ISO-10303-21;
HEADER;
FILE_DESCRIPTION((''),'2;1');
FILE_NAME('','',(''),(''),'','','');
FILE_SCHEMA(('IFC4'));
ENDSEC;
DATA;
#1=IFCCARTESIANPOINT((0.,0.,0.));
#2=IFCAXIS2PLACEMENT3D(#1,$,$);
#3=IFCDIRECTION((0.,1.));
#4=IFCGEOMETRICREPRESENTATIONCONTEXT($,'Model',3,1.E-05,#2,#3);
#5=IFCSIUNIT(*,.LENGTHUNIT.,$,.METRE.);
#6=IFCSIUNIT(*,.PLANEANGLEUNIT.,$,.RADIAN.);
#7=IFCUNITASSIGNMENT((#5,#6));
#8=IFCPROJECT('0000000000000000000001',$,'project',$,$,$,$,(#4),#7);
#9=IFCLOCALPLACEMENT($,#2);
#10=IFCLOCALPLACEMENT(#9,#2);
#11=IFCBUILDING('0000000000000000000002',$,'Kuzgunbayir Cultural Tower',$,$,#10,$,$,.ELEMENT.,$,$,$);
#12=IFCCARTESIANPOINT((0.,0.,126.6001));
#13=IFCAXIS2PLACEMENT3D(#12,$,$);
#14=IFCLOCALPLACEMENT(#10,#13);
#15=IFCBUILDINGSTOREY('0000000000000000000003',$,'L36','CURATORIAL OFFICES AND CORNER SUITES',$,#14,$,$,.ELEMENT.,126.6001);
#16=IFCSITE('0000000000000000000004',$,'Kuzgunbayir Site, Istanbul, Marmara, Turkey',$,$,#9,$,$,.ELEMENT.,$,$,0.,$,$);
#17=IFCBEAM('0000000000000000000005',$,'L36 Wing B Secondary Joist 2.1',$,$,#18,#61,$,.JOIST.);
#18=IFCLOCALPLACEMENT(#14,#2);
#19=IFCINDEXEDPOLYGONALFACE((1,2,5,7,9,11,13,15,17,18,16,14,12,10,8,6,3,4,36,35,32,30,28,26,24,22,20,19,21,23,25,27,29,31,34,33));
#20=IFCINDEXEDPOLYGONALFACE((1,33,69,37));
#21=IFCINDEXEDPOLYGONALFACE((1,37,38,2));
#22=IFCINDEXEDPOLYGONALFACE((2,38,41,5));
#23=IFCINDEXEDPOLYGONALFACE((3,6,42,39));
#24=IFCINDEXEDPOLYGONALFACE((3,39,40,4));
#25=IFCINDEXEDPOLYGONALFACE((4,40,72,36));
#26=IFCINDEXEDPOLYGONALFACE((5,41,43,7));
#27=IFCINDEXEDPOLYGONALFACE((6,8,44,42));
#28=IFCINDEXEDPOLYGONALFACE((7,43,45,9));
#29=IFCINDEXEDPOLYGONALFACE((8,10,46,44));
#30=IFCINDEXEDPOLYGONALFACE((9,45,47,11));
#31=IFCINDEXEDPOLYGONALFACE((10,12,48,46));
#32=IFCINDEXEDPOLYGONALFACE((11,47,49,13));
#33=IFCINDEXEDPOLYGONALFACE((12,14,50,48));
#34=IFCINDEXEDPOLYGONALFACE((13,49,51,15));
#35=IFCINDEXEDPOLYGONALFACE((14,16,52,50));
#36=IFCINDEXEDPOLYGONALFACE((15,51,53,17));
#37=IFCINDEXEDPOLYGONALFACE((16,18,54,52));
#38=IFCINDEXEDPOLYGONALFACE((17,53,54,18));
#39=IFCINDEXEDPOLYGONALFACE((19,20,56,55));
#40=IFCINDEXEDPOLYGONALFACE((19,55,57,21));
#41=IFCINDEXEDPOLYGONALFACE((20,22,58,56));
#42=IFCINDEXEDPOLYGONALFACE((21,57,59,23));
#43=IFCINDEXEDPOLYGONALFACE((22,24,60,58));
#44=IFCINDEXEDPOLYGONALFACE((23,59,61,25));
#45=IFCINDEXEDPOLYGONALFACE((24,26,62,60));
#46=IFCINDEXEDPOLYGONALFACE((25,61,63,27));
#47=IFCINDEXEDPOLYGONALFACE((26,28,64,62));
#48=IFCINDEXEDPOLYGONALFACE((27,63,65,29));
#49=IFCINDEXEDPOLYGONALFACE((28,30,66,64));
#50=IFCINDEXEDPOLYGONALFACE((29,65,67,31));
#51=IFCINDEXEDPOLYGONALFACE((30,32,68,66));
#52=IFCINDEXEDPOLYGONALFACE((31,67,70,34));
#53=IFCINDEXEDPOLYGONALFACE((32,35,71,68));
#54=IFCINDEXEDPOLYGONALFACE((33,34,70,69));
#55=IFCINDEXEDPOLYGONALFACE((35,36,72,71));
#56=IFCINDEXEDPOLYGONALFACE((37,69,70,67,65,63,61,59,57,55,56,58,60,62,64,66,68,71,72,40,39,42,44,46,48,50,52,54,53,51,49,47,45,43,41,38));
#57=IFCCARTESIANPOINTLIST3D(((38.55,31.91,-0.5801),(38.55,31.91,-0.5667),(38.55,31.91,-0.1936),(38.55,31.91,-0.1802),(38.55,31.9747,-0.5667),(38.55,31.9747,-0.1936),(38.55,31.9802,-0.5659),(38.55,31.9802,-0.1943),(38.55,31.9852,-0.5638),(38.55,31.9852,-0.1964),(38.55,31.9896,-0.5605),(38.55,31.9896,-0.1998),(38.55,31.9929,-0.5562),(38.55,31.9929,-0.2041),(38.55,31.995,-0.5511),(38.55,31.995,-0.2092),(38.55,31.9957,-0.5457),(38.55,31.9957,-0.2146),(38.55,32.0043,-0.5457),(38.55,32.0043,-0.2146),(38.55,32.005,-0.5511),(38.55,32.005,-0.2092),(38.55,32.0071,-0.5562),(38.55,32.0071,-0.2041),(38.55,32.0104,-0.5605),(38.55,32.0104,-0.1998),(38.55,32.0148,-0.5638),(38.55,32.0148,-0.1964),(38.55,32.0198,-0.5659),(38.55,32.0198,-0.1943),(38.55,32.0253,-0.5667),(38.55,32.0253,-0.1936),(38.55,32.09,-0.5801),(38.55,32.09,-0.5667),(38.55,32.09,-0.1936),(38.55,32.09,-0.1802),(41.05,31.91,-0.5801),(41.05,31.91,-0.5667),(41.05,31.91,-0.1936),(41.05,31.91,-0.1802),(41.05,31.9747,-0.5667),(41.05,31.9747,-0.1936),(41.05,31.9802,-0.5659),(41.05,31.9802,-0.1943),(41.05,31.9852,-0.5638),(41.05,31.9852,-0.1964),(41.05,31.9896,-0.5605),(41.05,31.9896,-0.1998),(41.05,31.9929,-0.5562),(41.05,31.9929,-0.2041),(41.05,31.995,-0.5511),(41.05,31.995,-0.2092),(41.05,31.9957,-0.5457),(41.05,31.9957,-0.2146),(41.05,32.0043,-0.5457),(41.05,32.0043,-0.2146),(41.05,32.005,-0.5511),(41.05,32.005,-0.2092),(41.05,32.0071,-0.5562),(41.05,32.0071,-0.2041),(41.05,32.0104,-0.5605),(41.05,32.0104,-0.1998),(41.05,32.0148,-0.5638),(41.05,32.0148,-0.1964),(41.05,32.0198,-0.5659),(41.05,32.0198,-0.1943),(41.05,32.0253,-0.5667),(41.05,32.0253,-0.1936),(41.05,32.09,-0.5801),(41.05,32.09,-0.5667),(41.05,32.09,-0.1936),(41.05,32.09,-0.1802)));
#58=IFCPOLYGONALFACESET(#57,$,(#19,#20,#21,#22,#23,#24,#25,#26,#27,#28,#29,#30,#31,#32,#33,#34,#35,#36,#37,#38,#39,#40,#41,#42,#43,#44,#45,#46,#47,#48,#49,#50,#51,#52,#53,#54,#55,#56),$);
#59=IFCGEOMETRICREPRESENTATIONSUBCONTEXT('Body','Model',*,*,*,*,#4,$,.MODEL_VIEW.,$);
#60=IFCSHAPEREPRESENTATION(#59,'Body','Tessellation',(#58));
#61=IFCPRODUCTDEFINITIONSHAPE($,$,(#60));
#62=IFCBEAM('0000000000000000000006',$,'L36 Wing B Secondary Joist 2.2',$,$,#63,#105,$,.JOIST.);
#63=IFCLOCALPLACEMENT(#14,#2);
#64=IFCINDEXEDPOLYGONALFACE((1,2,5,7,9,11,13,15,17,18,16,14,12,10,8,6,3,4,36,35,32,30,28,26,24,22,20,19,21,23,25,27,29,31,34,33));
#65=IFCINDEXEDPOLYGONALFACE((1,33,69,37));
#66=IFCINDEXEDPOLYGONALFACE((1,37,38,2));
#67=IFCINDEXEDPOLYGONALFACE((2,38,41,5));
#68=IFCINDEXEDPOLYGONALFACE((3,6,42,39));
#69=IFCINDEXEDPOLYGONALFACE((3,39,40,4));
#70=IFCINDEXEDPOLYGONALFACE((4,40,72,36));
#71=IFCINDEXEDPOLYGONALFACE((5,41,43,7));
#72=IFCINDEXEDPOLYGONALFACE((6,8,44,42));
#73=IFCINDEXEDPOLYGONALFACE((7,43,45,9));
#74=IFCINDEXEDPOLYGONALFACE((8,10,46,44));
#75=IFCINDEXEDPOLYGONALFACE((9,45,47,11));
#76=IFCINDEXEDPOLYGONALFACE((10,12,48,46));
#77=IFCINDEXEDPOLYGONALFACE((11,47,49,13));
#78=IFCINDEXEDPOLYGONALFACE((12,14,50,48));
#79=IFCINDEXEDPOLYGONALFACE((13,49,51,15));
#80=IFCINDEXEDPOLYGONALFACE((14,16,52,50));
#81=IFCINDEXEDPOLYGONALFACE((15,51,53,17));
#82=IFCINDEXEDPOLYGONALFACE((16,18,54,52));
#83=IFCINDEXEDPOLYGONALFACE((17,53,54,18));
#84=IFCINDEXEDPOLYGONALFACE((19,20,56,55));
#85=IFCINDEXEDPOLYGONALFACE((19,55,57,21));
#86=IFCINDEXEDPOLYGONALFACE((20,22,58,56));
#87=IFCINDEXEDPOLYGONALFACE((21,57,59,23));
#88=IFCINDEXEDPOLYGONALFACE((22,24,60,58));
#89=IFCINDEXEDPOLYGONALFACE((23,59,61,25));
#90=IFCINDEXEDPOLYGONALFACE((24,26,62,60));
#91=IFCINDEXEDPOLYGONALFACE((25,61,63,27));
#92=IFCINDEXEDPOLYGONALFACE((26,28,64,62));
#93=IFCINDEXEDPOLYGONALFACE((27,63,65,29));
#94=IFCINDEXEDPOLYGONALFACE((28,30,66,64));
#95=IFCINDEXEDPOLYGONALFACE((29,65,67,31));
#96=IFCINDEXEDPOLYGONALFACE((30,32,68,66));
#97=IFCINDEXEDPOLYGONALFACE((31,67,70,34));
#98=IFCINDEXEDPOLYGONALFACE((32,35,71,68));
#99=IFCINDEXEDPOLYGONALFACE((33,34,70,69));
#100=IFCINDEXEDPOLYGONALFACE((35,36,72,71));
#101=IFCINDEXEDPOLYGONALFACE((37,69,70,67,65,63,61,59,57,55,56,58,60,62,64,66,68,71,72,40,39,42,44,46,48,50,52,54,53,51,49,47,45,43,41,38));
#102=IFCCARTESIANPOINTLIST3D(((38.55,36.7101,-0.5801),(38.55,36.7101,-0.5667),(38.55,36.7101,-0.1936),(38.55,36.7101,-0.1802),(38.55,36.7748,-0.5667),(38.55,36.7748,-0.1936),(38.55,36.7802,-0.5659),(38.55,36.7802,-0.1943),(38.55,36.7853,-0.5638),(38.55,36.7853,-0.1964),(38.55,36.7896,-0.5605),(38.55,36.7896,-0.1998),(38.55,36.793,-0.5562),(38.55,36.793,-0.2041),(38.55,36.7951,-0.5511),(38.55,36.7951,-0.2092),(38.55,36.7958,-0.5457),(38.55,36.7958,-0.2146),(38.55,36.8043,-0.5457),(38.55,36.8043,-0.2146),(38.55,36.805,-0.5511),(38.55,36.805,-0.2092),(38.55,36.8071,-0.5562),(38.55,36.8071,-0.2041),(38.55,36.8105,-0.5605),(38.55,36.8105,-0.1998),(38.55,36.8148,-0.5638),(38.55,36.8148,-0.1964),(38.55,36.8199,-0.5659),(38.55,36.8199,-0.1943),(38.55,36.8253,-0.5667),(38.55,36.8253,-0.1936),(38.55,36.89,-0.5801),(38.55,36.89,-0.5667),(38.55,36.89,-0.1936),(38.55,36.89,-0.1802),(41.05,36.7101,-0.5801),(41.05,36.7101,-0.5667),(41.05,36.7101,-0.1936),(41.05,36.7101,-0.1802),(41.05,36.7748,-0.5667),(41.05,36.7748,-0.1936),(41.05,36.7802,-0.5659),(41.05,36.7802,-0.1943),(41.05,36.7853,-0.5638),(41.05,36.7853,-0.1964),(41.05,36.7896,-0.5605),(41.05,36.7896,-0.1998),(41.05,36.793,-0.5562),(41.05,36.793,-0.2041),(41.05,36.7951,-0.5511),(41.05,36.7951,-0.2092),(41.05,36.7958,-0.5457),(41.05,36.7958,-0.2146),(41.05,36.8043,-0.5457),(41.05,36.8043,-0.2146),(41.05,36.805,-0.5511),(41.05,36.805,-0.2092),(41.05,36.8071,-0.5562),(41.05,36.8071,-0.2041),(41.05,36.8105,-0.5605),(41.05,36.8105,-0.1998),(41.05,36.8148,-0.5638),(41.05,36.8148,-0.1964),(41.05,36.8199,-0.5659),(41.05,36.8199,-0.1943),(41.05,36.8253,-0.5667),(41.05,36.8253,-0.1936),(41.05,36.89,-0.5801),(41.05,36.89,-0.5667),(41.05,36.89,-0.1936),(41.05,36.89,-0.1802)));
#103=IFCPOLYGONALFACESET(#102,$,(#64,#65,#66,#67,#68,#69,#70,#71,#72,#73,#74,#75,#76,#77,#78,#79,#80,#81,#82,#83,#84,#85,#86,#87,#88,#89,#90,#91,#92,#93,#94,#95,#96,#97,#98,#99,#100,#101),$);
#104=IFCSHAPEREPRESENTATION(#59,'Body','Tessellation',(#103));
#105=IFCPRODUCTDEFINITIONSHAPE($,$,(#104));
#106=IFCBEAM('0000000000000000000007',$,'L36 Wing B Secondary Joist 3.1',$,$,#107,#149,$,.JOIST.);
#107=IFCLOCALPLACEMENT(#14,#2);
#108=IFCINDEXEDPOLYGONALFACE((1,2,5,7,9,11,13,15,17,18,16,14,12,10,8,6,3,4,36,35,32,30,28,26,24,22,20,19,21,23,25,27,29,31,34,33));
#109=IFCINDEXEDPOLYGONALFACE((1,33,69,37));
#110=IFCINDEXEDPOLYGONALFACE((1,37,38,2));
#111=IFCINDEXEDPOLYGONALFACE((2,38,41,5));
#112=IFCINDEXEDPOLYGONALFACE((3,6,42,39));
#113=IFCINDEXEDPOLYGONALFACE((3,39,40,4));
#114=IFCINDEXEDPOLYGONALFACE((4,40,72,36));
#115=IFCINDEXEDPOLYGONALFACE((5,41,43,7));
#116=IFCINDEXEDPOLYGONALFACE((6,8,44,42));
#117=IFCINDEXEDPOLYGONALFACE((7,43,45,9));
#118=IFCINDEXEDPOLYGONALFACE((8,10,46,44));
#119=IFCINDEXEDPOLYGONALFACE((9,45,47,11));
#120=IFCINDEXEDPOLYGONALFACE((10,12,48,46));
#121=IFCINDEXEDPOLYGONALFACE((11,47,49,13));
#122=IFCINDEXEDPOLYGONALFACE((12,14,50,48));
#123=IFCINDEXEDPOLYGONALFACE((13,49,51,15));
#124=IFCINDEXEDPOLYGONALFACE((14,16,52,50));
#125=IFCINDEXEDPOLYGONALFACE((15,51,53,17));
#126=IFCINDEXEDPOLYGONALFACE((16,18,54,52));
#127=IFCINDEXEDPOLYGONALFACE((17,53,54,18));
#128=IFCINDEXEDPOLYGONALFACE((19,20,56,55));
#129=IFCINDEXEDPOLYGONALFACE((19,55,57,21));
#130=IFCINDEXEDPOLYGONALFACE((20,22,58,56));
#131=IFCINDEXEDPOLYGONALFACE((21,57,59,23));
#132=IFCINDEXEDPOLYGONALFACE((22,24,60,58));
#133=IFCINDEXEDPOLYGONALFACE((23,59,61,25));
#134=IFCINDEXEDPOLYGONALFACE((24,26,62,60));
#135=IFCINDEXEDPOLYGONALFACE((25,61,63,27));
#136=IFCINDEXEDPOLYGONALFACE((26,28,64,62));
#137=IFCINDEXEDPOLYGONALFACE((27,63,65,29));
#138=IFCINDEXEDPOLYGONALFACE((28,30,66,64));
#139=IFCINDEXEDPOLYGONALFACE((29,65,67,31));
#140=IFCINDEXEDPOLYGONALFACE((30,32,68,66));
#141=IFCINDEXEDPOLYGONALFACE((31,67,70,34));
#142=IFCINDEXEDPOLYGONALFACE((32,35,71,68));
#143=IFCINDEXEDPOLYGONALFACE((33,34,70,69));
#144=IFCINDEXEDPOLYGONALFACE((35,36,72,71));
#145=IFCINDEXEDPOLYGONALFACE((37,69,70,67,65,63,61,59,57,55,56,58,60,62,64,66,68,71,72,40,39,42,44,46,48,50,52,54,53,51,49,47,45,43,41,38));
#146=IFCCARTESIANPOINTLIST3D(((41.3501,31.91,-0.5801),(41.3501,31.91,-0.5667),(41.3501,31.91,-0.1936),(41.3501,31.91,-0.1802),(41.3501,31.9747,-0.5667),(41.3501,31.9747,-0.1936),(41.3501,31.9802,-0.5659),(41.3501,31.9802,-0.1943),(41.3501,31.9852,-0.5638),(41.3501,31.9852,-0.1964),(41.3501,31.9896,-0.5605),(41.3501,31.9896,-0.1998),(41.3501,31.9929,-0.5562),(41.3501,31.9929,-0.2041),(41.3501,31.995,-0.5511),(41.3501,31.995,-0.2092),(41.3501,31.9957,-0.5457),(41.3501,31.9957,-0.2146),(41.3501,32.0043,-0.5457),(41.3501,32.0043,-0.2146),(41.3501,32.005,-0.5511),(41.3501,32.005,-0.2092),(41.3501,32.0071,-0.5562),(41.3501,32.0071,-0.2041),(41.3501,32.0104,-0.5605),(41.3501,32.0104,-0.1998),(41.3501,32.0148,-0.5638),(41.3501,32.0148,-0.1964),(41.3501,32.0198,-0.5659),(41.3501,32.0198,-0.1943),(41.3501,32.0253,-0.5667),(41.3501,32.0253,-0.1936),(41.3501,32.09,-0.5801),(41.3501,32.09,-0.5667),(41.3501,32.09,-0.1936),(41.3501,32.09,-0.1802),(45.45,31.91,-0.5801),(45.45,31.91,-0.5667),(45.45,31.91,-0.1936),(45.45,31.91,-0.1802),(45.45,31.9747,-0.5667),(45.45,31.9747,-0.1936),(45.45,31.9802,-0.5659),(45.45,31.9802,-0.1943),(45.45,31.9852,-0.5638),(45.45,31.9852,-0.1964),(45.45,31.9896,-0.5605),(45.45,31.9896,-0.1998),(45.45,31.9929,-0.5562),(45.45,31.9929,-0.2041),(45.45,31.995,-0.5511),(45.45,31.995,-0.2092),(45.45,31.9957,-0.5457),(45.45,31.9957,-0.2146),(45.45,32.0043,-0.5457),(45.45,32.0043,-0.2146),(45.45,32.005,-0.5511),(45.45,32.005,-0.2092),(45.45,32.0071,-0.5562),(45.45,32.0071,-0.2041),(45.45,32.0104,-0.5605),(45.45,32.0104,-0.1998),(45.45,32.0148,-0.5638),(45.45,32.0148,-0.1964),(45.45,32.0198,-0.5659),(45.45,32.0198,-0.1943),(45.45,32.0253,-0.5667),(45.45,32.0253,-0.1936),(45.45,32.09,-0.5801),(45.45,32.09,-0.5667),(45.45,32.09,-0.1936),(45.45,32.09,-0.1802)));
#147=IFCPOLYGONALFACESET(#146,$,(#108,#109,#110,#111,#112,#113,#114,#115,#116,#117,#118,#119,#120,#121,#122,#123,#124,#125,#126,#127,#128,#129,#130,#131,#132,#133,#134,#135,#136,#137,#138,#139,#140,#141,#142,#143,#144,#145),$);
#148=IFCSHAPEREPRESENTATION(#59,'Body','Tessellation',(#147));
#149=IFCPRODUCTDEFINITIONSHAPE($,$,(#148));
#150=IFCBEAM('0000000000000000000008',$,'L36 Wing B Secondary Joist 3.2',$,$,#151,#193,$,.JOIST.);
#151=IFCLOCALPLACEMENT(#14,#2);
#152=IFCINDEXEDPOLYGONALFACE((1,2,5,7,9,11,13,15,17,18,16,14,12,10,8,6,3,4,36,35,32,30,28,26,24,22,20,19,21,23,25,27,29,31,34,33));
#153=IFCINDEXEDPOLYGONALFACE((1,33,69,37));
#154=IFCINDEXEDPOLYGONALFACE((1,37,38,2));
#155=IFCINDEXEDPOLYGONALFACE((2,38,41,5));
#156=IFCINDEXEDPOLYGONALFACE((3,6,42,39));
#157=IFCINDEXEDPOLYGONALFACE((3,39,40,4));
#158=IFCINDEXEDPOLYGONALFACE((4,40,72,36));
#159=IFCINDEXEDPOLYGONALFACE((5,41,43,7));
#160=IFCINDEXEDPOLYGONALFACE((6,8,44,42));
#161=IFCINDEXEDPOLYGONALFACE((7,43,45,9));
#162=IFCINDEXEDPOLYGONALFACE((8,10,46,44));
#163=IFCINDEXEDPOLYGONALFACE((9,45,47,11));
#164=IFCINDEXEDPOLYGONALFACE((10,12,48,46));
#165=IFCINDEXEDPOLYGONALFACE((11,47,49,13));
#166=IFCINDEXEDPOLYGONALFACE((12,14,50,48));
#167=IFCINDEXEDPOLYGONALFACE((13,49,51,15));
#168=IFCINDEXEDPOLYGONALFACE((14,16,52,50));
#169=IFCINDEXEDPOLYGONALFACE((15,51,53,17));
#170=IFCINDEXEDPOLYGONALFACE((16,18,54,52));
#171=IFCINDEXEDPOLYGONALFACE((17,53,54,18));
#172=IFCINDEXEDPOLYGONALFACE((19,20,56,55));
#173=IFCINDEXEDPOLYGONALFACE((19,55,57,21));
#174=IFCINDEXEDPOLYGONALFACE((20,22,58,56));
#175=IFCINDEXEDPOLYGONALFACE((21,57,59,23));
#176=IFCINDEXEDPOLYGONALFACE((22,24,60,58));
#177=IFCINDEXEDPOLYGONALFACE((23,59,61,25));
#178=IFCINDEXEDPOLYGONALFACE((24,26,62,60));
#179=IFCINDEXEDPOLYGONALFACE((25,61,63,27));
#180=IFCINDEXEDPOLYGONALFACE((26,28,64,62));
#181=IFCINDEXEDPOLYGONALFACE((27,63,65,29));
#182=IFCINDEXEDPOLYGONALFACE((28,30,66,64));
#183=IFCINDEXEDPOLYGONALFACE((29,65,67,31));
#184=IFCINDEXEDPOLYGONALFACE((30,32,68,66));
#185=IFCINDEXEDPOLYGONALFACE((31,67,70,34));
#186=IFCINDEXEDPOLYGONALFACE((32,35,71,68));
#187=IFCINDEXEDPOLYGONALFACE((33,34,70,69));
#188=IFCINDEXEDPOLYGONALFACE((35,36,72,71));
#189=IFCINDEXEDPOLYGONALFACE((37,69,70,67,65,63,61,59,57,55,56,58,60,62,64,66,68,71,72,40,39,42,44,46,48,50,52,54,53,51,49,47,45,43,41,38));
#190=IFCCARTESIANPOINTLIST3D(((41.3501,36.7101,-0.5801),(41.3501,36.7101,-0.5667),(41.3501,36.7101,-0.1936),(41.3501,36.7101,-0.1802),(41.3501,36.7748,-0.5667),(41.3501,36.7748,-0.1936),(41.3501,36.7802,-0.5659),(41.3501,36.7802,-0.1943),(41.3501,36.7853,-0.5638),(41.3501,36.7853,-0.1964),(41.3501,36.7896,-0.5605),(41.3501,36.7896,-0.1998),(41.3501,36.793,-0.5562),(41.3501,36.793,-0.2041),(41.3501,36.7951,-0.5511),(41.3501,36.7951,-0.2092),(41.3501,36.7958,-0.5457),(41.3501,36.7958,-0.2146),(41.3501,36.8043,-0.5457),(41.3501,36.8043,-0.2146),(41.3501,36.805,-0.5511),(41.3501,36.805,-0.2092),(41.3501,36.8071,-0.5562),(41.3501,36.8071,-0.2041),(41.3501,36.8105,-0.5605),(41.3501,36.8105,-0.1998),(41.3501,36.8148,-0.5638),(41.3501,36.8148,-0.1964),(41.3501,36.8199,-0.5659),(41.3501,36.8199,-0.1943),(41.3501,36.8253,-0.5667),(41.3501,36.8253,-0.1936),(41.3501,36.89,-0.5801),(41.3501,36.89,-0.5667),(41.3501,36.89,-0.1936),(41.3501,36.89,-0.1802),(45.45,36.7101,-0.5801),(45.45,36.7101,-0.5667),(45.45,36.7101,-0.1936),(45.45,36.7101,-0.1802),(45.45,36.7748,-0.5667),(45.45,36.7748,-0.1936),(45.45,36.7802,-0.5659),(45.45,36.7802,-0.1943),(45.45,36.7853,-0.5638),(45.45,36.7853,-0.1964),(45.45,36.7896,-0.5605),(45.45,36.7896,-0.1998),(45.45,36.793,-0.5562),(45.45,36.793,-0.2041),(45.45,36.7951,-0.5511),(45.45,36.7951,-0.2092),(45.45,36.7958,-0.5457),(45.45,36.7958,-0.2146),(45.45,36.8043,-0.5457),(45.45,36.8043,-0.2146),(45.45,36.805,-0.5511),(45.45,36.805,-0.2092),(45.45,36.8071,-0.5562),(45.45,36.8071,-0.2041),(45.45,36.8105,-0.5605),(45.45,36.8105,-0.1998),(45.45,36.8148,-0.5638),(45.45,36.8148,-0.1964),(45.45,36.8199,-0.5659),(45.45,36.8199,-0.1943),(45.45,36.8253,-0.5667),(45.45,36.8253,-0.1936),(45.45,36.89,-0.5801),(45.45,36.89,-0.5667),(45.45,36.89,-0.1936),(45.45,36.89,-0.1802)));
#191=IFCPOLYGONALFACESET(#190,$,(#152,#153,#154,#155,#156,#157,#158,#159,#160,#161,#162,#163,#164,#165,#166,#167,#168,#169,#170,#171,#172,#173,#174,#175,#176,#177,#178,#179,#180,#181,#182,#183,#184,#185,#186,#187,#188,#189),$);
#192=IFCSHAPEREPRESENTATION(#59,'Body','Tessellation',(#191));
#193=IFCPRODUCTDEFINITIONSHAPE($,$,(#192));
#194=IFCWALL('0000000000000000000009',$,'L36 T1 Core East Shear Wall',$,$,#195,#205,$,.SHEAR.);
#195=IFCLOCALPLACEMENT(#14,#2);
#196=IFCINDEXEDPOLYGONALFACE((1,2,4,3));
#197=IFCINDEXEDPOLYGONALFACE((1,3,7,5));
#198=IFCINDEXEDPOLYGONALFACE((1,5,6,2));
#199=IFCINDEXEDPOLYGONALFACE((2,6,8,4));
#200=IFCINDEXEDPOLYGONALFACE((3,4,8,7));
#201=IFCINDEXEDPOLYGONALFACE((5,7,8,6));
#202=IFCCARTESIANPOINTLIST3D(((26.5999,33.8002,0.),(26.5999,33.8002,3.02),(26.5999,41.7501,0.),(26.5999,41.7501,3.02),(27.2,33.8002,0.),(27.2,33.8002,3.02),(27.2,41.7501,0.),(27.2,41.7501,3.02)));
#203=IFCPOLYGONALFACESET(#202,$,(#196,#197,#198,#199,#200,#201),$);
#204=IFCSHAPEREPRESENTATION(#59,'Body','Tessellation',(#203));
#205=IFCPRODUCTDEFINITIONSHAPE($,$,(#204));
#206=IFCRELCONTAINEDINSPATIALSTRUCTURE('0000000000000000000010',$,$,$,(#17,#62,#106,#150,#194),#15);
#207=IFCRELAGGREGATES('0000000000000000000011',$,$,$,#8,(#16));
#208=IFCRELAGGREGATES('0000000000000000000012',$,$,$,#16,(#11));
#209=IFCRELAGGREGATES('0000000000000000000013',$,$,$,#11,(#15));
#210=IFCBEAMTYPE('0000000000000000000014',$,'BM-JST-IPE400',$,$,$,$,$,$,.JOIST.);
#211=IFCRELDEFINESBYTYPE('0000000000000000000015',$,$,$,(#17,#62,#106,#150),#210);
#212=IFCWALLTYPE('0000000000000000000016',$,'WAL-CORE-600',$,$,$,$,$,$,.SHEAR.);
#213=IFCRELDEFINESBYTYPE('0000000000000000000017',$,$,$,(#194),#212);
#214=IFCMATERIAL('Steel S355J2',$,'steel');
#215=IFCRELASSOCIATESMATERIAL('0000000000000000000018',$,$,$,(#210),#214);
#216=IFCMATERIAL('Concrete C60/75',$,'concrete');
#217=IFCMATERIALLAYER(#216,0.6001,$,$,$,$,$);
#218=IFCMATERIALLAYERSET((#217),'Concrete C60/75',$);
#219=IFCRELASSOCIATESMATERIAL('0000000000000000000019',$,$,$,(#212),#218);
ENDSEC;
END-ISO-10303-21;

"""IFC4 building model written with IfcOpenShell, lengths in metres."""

from ifc_helpers import new_model, si_unit, direction, frame, frame_2d, origin, origin_2d, place, context, subcontext, project, spatial, rectangle, i_section, extrude, material, layer, layer_set, material_profile, profile_set, type_object, element, save


model = new_model("IFC4")

# Units and contexts
model_context = context("Model", 3, precision=1e-05, world=origin(), true_north=direction((0.0, 1.0)))
body_context = subcontext(model_context, "Body", "Model", "MODEL_VIEW")
ifc_project = project(units=[si_unit("LENGTHUNIT", "METRE"), si_unit("PLANEANGLEUNIT", "RADIAN")], contexts=[model_context])

# Site, building, storey
site_placement = place(None, origin())
site = spatial("IfcSite", under=ifc_project, at=site_placement, Name="Kuzgunbayir Site, Istanbul, Marmara, Turkey", CompositionType="ELEMENT", RefElevation=0.0)
building_placement = place(site_placement, origin())
building = spatial("IfcBuilding", under=site, at=building_placement, Name="Kuzgunbayir Cultural Tower", CompositionType="ELEMENT")
storey_placement = place(building_placement, frame((0.0, 0.0, 126.6001)))
storey = spatial("IfcBuildingStorey", under=building, at=storey_placement, Name="L36", Description="CURATORIAL OFFICES AND CORNER SUITES", CompositionType="ELEMENT", Elevation=126.6001)

# Beams
ifc_material_1 = material(Name="Steel S355J2", Category="steel")
ifc_material_profile_1 = material_profile(ifc_material_1, i_section(OverallWidth=0.1799, OverallDepth=0.3999, WebThickness=0.0085, FlangeThickness=0.0134, FilletRadius=0.021, at=origin_2d()), Name="IPE 400")
ifc_profile_set_1 = profile_set([ifc_material_profile_1], Name="Steel S355J2")
beam_type_1 = type_object("IfcBeamType", Name="BM-JST-IPE400", PredefinedType="JOIST", material=ifc_profile_set_1)
for number, where, z_axis, x_axis, name in (
    (1, (38.55, 32.0, -0.3801), (1.0, 0.0, 0.0), (0.0, 1.0, 0.0), "L36 Wing B Secondary Joist 2.1"),
    (2, (38.55, 36.8, -0.3801), (1.0, 0.0, 0.0), (0.0, 1.0, 0.0), "L36 Wing B Secondary Joist 2.2"),
):
    element("IfcBeam", number, at=place(storey_placement, frame(where, z_axis=z_axis, x_axis=x_axis)), inside=storey, type_object=beam_type_1, Name=name, PredefinedType="JOIST", context=body_context, shape_type="SweptSolid", body=[
        extrude(i_section(OverallWidth=0.1799, OverallDepth=0.3999, WebThickness=0.0085, FlangeThickness=0.0134, FilletRadius=0.021, at=origin_2d()), origin(), (0.0, 0.0, 1.0), 2.5),
    ])
for number, where, z_axis, x_axis, name in (
    (3, (41.3501, 32.0, -0.3801), (1.0, 0.0, 0.0), (0.0, 1.0, 0.0), "L36 Wing B Secondary Joist 3.1"),
    (4, (41.3501, 36.8, -0.3801), (1.0, 0.0, 0.0), (0.0, 1.0, 0.0), "L36 Wing B Secondary Joist 3.2"),
):
    element("IfcBeam", number, at=place(storey_placement, frame(where, z_axis=z_axis, x_axis=x_axis)), inside=storey, type_object=beam_type_1, Name=name, PredefinedType="JOIST", context=body_context, shape_type="SweptSolid", body=[
        extrude(i_section(OverallWidth=0.1799, OverallDepth=0.3999, WebThickness=0.0085, FlangeThickness=0.0134, FilletRadius=0.021, at=origin_2d()), origin(), (0.0, 0.0, 1.0), 4.0999),
    ])

# Wall
ifc_material_2 = material(Name="Concrete C60/75", Category="concrete")
ifc_layer_1 = layer(ifc_material_2, 0.6001)
ifc_layer_set_1 = layer_set([ifc_layer_1], Name="Concrete C60/75")
wall_type_1 = type_object("IfcWallType", Name="WAL-CORE-600", PredefinedType="SHEAR", material=ifc_layer_set_1)
wall_1_placement = place(storey_placement, frame((26.8999, 33.8, 0.0), z_axis=(0.0, 0.0, 1.0), x_axis=(0.0, 1.0, 0.0)))
element("IfcWall", 5, at=wall_1_placement, inside=storey, type_object=wall_type_1, Name="L36 T1 Core East Shear Wall", PredefinedType="SHEAR", context=body_context, shape_type="SweptSolid", body=[
    extrude(rectangle(XDim=7.95, YDim=0.6001, at=frame_2d((3.9751, 0.0))), origin(), (0.0, 0.0, 1.0), 3.02),
])

save(model, "model.ifc")
